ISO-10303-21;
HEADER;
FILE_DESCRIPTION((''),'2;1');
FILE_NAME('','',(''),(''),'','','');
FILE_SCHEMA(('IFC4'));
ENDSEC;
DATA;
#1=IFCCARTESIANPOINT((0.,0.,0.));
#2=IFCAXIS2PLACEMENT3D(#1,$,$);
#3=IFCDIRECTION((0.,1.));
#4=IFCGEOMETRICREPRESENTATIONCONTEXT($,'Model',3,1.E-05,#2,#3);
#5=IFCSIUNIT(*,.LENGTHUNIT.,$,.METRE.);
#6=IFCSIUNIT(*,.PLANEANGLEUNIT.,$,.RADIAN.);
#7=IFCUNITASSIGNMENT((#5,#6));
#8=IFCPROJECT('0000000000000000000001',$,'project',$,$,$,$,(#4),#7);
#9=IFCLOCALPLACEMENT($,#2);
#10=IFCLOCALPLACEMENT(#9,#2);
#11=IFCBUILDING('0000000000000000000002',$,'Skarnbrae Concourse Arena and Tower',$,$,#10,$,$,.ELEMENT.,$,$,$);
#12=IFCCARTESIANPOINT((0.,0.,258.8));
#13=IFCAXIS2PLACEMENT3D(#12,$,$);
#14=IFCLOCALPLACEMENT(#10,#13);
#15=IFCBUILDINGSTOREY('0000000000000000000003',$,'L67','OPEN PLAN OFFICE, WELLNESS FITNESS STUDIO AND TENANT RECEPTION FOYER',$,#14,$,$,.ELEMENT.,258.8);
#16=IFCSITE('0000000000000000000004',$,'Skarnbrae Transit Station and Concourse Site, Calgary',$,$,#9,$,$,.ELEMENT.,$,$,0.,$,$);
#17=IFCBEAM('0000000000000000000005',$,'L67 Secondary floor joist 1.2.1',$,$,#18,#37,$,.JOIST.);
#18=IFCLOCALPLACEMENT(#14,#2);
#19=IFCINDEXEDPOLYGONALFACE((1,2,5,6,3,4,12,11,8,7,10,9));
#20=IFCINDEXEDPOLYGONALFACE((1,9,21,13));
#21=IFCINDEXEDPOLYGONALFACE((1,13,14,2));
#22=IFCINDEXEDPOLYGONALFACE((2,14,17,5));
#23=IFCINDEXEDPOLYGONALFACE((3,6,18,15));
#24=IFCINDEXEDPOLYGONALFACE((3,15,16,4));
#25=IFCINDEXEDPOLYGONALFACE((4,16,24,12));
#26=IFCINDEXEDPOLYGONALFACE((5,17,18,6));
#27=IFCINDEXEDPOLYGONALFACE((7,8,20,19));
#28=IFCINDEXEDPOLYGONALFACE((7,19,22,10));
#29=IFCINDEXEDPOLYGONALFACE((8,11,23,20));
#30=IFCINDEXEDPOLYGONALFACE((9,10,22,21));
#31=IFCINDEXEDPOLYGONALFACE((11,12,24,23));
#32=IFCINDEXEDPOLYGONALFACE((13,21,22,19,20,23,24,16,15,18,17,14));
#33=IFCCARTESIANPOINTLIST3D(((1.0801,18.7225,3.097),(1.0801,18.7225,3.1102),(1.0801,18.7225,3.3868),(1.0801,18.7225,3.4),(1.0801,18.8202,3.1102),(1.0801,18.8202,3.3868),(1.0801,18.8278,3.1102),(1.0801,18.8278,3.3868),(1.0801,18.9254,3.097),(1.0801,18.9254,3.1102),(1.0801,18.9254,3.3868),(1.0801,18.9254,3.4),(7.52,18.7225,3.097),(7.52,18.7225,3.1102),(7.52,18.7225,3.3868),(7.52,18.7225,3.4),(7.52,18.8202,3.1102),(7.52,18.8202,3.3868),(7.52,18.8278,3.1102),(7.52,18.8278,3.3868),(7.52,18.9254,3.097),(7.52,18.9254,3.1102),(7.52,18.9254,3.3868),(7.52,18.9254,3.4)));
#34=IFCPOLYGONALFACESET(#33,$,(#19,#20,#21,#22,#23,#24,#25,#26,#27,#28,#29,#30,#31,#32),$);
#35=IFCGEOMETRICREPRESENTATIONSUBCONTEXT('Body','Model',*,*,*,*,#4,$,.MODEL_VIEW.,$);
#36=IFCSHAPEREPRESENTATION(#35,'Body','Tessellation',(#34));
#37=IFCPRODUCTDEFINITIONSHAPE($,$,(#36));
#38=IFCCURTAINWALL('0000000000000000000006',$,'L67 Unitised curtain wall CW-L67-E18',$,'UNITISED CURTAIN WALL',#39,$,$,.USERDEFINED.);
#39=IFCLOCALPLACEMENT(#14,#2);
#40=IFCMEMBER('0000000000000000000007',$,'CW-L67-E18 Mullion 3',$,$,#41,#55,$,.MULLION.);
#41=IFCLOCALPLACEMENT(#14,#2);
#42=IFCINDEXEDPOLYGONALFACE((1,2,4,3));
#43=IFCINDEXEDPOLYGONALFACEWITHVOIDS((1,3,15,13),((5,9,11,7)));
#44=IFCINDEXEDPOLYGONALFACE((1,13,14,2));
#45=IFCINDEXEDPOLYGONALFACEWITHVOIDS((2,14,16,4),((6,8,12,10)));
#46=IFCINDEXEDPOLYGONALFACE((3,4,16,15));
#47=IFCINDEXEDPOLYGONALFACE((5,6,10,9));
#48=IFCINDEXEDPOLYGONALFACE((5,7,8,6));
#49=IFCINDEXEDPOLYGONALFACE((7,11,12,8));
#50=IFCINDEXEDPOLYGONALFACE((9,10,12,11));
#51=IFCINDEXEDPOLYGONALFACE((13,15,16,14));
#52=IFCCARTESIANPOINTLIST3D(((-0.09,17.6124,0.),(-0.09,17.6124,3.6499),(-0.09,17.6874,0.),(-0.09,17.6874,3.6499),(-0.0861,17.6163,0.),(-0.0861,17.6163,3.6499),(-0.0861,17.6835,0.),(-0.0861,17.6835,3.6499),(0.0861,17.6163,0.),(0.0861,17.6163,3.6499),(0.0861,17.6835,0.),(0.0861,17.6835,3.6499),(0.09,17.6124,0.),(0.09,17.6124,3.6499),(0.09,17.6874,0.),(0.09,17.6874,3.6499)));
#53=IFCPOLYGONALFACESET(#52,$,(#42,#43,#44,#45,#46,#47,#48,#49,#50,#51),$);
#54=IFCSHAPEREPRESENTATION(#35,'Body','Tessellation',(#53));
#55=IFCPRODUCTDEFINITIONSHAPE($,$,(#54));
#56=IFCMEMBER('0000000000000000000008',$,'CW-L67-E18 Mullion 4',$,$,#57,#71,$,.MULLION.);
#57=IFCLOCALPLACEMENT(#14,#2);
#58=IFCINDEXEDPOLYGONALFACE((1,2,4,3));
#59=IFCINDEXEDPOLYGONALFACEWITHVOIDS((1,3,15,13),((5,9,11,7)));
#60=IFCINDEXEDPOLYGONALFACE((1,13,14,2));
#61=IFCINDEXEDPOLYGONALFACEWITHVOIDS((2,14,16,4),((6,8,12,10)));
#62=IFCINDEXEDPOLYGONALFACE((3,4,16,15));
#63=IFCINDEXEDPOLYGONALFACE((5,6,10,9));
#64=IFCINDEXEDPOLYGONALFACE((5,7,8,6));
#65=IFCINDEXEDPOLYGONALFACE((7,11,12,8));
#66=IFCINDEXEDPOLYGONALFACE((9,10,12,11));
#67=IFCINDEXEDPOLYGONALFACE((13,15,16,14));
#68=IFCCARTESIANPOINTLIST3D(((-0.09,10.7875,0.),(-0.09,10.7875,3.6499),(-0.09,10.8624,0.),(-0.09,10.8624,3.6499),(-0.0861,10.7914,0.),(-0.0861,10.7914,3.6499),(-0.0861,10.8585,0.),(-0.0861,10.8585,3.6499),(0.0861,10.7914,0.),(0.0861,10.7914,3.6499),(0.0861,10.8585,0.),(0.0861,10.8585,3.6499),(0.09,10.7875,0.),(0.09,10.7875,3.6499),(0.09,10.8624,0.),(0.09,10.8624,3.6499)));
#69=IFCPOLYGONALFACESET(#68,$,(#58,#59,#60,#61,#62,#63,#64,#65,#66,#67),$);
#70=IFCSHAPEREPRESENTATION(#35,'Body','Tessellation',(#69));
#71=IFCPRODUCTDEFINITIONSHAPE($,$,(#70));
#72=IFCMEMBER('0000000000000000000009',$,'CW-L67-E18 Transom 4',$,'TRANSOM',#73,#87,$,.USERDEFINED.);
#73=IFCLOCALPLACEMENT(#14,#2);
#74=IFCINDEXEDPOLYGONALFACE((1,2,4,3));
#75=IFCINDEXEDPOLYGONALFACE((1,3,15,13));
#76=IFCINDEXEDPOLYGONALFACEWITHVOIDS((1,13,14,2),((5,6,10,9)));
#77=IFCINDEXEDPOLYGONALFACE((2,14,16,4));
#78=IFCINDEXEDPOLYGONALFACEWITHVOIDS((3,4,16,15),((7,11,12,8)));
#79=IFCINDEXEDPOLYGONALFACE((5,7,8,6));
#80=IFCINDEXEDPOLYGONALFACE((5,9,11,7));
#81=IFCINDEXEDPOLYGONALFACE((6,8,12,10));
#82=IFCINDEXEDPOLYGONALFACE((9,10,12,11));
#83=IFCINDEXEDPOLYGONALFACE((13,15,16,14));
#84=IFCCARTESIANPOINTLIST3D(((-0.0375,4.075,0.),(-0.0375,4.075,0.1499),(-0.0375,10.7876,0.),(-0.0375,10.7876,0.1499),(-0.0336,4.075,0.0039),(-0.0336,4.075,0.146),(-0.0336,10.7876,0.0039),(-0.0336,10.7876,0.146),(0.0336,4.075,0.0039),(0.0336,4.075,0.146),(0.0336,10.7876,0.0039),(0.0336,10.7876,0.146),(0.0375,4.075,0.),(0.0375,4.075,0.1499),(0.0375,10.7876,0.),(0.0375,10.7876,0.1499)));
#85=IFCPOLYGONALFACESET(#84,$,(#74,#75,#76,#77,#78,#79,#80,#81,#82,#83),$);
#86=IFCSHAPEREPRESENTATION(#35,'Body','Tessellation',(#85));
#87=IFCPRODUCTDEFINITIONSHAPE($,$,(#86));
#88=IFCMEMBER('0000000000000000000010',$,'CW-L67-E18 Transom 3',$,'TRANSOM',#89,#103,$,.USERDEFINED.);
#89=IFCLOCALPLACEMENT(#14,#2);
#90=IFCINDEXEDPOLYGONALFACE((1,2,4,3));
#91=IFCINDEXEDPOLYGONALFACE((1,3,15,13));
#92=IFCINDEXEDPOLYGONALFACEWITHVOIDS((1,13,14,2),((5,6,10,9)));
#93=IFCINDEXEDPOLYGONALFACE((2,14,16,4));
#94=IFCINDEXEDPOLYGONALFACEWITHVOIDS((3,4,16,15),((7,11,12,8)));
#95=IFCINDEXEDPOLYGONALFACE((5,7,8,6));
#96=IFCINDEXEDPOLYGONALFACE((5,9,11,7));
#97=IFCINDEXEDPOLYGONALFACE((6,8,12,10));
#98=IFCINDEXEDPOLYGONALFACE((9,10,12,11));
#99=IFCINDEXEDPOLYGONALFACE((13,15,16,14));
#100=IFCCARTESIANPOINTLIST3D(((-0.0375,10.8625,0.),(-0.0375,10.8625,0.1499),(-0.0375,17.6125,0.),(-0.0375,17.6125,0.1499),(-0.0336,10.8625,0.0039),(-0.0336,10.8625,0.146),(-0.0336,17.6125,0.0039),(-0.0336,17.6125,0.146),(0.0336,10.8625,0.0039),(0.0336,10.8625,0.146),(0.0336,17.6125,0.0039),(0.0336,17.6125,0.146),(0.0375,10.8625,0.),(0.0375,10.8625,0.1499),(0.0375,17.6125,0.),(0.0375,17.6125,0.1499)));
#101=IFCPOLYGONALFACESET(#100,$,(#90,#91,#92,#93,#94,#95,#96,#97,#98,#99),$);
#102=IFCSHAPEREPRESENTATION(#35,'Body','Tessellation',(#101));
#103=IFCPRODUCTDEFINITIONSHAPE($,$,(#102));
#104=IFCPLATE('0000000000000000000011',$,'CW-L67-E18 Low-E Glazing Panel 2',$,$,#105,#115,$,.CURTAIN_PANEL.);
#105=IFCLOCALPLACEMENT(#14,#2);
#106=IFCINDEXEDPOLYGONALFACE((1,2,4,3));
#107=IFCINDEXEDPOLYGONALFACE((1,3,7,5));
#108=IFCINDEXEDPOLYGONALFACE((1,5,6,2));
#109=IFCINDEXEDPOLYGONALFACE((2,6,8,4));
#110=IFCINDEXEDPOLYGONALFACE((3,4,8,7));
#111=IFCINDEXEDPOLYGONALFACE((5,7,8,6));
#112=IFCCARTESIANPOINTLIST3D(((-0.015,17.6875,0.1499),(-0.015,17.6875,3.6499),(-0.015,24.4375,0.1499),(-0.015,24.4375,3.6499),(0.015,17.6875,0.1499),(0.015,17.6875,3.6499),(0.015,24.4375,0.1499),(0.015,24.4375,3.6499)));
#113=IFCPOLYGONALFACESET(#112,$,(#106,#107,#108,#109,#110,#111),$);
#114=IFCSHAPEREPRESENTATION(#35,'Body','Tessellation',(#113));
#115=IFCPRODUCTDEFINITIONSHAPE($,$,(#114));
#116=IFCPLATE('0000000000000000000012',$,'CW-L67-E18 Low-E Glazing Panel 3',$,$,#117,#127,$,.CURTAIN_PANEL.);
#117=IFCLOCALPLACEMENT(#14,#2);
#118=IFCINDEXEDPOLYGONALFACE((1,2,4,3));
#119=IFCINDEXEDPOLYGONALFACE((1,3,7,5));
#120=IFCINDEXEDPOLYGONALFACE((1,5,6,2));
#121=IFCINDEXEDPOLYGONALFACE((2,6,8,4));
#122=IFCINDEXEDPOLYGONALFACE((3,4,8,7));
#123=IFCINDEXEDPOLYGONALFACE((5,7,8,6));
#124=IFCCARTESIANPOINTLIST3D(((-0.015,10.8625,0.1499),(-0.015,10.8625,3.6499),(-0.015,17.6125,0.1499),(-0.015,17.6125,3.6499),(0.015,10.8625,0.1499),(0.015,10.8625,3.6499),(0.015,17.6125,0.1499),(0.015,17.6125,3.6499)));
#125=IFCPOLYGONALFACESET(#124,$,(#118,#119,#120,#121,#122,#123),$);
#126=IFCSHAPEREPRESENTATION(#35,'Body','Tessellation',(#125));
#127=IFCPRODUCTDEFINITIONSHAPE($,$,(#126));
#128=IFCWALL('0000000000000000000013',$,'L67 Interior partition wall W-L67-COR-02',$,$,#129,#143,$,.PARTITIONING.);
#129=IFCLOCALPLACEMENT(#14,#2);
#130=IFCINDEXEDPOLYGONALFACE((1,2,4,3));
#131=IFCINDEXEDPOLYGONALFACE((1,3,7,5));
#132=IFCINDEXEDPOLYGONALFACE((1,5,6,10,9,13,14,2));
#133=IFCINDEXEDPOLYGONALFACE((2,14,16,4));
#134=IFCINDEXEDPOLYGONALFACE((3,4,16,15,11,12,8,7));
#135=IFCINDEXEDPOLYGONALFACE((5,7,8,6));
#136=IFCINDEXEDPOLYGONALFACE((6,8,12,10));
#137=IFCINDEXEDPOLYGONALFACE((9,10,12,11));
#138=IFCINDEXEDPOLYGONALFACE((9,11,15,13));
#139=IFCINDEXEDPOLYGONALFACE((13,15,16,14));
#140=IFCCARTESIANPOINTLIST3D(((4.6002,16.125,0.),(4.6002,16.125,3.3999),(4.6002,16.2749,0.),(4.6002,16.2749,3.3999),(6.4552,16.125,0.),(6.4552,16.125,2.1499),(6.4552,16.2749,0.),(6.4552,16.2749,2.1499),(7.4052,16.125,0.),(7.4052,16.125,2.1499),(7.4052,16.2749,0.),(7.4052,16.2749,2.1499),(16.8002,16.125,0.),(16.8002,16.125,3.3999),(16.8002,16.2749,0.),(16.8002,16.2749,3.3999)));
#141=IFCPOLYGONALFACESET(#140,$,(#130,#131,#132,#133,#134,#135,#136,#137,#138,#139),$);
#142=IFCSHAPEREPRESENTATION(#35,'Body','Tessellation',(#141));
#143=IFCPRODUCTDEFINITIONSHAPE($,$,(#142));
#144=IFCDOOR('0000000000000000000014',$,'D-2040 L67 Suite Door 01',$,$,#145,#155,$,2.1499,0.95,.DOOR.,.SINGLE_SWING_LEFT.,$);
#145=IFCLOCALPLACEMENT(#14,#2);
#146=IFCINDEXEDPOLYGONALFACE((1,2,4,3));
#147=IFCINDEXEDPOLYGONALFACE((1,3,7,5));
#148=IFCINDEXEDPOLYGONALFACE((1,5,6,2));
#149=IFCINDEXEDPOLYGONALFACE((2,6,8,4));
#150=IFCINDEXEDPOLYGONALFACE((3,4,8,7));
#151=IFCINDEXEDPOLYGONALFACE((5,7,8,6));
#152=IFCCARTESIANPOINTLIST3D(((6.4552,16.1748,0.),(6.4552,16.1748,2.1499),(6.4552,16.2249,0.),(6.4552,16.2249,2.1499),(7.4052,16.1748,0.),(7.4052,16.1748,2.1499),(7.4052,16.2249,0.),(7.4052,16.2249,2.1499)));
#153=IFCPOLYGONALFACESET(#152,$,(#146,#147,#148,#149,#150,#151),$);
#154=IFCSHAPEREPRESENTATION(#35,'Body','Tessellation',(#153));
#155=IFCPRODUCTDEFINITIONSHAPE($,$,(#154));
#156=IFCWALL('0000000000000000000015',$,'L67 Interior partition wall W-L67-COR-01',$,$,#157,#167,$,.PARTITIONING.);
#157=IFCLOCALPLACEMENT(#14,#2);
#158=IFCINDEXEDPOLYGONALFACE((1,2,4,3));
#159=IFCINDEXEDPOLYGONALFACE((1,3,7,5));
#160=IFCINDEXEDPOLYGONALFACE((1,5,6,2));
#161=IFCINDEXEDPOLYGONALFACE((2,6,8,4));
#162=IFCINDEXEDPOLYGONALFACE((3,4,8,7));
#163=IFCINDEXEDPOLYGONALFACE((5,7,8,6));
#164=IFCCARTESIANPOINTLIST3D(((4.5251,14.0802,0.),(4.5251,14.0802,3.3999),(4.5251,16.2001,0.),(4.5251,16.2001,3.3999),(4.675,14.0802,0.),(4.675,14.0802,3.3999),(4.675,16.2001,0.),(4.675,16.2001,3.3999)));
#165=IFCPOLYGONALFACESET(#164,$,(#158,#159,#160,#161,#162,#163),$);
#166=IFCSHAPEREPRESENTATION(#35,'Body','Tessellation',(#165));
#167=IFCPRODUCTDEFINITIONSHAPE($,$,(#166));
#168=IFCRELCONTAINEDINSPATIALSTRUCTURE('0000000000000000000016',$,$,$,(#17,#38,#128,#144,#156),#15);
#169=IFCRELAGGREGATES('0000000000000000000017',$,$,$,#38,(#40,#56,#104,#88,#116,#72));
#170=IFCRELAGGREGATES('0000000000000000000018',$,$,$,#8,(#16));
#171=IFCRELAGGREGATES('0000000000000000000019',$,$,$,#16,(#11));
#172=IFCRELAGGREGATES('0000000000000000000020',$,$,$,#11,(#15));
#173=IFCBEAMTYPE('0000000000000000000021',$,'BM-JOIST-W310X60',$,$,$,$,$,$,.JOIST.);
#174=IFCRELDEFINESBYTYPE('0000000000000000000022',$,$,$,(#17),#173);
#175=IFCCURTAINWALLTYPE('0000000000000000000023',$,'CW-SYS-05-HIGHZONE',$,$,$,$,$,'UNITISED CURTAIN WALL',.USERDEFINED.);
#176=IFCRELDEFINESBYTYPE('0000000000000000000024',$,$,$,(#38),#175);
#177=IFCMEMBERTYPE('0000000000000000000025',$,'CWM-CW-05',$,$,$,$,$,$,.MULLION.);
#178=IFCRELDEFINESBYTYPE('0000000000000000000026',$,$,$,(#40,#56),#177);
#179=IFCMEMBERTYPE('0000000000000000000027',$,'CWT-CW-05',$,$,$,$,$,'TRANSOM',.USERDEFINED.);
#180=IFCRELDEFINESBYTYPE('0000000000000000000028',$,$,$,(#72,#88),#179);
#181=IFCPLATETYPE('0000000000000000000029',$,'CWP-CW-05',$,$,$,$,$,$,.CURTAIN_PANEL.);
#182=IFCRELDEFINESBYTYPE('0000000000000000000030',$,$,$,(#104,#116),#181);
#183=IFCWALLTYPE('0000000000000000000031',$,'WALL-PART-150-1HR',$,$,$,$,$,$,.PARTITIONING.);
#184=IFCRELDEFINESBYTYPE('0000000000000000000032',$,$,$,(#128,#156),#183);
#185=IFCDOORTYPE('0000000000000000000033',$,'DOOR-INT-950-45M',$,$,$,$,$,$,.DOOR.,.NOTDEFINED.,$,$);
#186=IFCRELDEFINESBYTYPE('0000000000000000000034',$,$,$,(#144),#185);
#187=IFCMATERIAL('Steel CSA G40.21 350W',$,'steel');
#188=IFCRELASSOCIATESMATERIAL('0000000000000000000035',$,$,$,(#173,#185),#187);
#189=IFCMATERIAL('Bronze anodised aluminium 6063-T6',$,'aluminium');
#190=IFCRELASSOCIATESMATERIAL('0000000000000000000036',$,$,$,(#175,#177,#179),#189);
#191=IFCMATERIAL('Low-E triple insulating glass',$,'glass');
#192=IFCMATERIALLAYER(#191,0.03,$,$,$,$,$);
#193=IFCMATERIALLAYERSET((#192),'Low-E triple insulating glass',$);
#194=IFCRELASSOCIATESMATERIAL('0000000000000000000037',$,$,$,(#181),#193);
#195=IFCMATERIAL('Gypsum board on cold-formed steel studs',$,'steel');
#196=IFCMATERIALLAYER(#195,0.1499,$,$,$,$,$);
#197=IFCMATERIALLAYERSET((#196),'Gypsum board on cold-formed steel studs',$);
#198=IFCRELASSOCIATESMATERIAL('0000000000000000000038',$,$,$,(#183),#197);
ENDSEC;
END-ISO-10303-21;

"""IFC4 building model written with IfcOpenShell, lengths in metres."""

from ifc_helpers import new_model, si_unit, direction, frame, frame_2d, origin, origin_2d, place, context, subcontext, project, spatial, rectangle, hollow_rectangle, i_section, extrude, source, transform, mapped, material, layer, layer_set, material_profile, profile_set, type_object, element, fill, aggregate, save


model = new_model("IFC4")

# Units and contexts
model_context = context("Model", 3, precision=1e-05, world=origin(), true_north=direction((0.0, 1.0)))
body_context = subcontext(model_context, "Body", "Model", "MODEL_VIEW")
ifc_project = project(units=[si_unit("LENGTHUNIT", "METRE"), si_unit("PLANEANGLEUNIT", "RADIAN")], contexts=[model_context])

# Site, building, storey
site_placement = place(None, origin())
site = spatial("IfcSite", under=ifc_project, at=site_placement, Name="Skarnbrae Transit Station and Concourse Site, Calgary", CompositionType="ELEMENT", RefElevation=0.0)
building_placement = place(site_placement, origin())
building = spatial("IfcBuilding", under=site, at=building_placement, Name="Skarnbrae Concourse Arena and Tower", CompositionType="ELEMENT")
storey_placement = place(building_placement, frame((0.0, 0.0, 258.8)))
storey = spatial("IfcBuildingStorey", under=building, at=storey_placement, Name="L67", Description="OPEN PLAN OFFICE, WELLNESS FITNESS STUDIO AND TENANT RECEPTION FOYER", CompositionType="ELEMENT", Elevation=258.8)

# Shared definitions
ifc_material_1 = material(Name="Steel CSA G40.21 350W", Category="steel")

# Beam
ifc_material_profile_1 = material_profile(ifc_material_1, i_section(OverallWidth=0.2029, OverallDepth=0.303, WebThickness=0.0076, FlangeThickness=0.0132, at=origin_2d()), Name="W310X60")
ifc_profile_set_1 = profile_set([ifc_material_profile_1], Name="Steel CSA G40.21 350W")
beam_type_1 = type_object("IfcBeamType", Name="BM-JOIST-W310X60", PredefinedType="JOIST", material=ifc_profile_set_1)
shared_shape_1 = source(origin(), body_context, "Body", "SweptSolid", [
    extrude(i_section(OverallWidth=0.2029, OverallDepth=0.303, WebThickness=0.0076, FlangeThickness=0.0132, at=origin_2d()), origin(), (0.0, 0.0, 1.0), 6.4399),
])
for number, where, z_axis, x_axis, name in (
    (1, (1.0801, 18.824, 3.2485), (1.0, 0.0, 0.0), (0.0, 1.0, 0.0), "L67 Secondary floor joist 1.2.1"),
):
    element("IfcBeam", number, at=place(storey_placement, frame(where, z_axis=z_axis, x_axis=x_axis)), inside=storey, type_object=beam_type_1, Name=name, PredefinedType="JOIST", context=body_context, shape_type="MappedRepresentation", body=[
        mapped(shared_shape_1, transform((0.0, 0.0, 0.0))),
    ])

# Curtain wall, members, plates
ifc_material_2 = material(Name="Bronze anodised aluminium 6063-T6", Category="aluminium")
curtain_wall_type = type_object("IfcCurtainWallType", Name="CW-SYS-05-HIGHZONE", ElementType="UNITISED CURTAIN WALL", PredefinedType="USERDEFINED", material=ifc_material_2)
curtain_wall_placement = place(storey_placement, origin())
curtain_wall = element("IfcCurtainWall", 2, at=curtain_wall_placement, inside=storey, type_object=curtain_wall_type, Name="L67 Unitised curtain wall CW-L67-E18", ObjectType="UNITISED CURTAIN WALL", PredefinedType="USERDEFINED")
ifc_material_profile_2 = material_profile(ifc_material_2, hollow_rectangle(XDim=0.075, YDim=0.1799, WallThickness=0.0039, at=origin_2d()), Name="ALU-MULL-75X180")
ifc_profile_set_2 = profile_set([ifc_material_profile_2], Name="Bronze anodised aluminium 6063-T6")
member_type_1 = type_object("IfcMemberType", Name="CWM-CW-05", PredefinedType="MULLION", material=ifc_profile_set_2)
shared_shape_2 = source(origin(), body_context, "Body", "SweptSolid", [
    extrude(hollow_rectangle(XDim=0.075, YDim=0.1799, WallThickness=0.0039, at=origin_2d()), origin(), (0.0, 0.0, 1.0), 3.6499),
])
member_1_placement = place(storey_placement, frame((0.0, 17.6499, 0.0), z_axis=(0.0, 0.0, 1.0), x_axis=(0.0, -1.0, 0.0)))
member_1 = element("IfcMember", 3, at=member_1_placement, type_object=member_type_1, Name="CW-L67-E18 Mullion 3", PredefinedType="MULLION", context=body_context, shape_type="MappedRepresentation", body=[
    mapped(shared_shape_2, transform((0.0, 0.0, 0.0))),
])
member_2_placement = place(storey_placement, frame((0.0, 10.825, 0.0), z_axis=(0.0, 0.0, 1.0), x_axis=(0.0, -1.0, 0.0)))
member_2 = element("IfcMember", 4, at=member_2_placement, type_object=member_type_1, Name="CW-L67-E18 Mullion 4", PredefinedType="MULLION", context=body_context, shape_type="MappedRepresentation", body=[
    mapped(shared_shape_2, transform((0.0, 0.0, 0.0))),
])
ifc_material_profile_3 = material_profile(ifc_material_2, hollow_rectangle(XDim=0.075, YDim=0.1499, WallThickness=0.0039, at=origin_2d()), Name="ALU-TRAN-75X150")
ifc_profile_set_3 = profile_set([ifc_material_profile_3], Name="Bronze anodised aluminium 6063-T6")
member_type_2 = type_object("IfcMemberType", Name="CWT-CW-05", ElementType="TRANSOM", PredefinedType="USERDEFINED", material=ifc_profile_set_3)
shared_shape_3 = source(origin(), body_context, "Body", "SweptSolid", [
    extrude(hollow_rectangle(XDim=0.075, YDim=0.1499, WallThickness=0.0039, at=origin_2d()), origin(), (0.0, 0.0, 1.0), 6.7126),
])
member_3_placement = place(storey_placement, frame((0.0, 10.7876, 0.075), z_axis=(0.0, -1.0, 0.0), x_axis=(1.0, 0.0, 0.0)))
member_3 = element("IfcMember", 5, at=member_3_placement, type_object=member_type_2, Name="CW-L67-E18 Transom 4", ObjectType="TRANSOM", PredefinedType="USERDEFINED", context=body_context, shape_type="MappedRepresentation", body=[
    mapped(shared_shape_3, transform((0.0, 0.0, 0.0))),
])
shared_shape_4 = source(origin(), body_context, "Body", "SweptSolid", [
    extrude(hollow_rectangle(XDim=0.075, YDim=0.1499, WallThickness=0.0039, at=origin_2d()), origin(), (0.0, 0.0, 1.0), 6.75),
])
member_4_placement = place(storey_placement, frame((0.0, 17.6125, 0.075), z_axis=(0.0, -1.0, 0.0), x_axis=(1.0, 0.0, 0.0)))
member_4 = element("IfcMember", 6, at=member_4_placement, type_object=member_type_2, Name="CW-L67-E18 Transom 3", ObjectType="TRANSOM", PredefinedType="USERDEFINED", context=body_context, shape_type="MappedRepresentation", body=[
    mapped(shared_shape_4, transform((0.0, 0.0, 0.0))),
])
ifc_material_3 = material(Name="Low-E triple insulating glass", Category="glass")
ifc_layer_1 = layer(ifc_material_3, 0.03)
ifc_layer_set_1 = layer_set([ifc_layer_1], Name="Low-E triple insulating glass")
plate_type = type_object("IfcPlateType", Name="CWP-CW-05", PredefinedType="CURTAIN_PANEL", material=ifc_layer_set_1)
shared_shape_5 = source(origin(), body_context, "Body", "SweptSolid", [
    extrude(rectangle(XDim=6.75, YDim=0.03, at=origin_2d()), origin(), (0.0, 0.0, 1.0), 3.5),
])
plate_1_placement = place(storey_placement, frame((0.0, 21.0625, 0.1499), z_axis=(0.0, 0.0, 1.0), x_axis=(0.0, -1.0, 0.0)))
plate_1 = element("IfcPlate", 7, at=plate_1_placement, type_object=plate_type, Name="CW-L67-E18 Low-E Glazing Panel 2", PredefinedType="CURTAIN_PANEL", context=body_context, shape_type="MappedRepresentation", body=[
    mapped(shared_shape_5, transform((0.0, 0.0, 0.0))),
])
plate_2_placement = place(storey_placement, frame((0.0, 14.2375, 0.1499), z_axis=(0.0, 0.0, 1.0), x_axis=(0.0, -1.0, 0.0)))
plate_2 = element("IfcPlate", 8, at=plate_2_placement, type_object=plate_type, Name="CW-L67-E18 Low-E Glazing Panel 3", PredefinedType="CURTAIN_PANEL", context=body_context, shape_type="MappedRepresentation", body=[
    mapped(shared_shape_5, transform((0.0, 0.0, 0.0))),
])
aggregate(curtain_wall, [member_1, member_2, plate_1, member_4, plate_2, member_3])

# Wall, opening, door
ifc_material_4 = material(Name="Gypsum board on cold-formed steel studs", Category="steel")
ifc_layer_2 = layer(ifc_material_4, 0.1499)
ifc_layer_set_2 = layer_set([ifc_layer_2], Name="Gypsum board on cold-formed steel studs")
wall_type_1 = type_object("IfcWallType", Name="WALL-PART-150-1HR", PredefinedType="PARTITIONING", material=ifc_layer_set_2)
shared_shape_6 = source(origin(), body_context, "Body", "SweptSolid", [
    extrude(rectangle(XDim=12.2, YDim=0.1499, at=frame_2d((6.1001, 0.0))), origin(), (0.0, 0.0, 1.0), 3.3999),
])
wall_1_placement = place(storey_placement, frame((4.6001, 16.2, 0.0), z_axis=(0.0, 0.0, 1.0), x_axis=(1.0, 0.0, 0.0)))
wall_1 = element("IfcWall", 9, at=wall_1_placement, inside=storey, type_object=wall_type_1, Name="L67 Interior partition wall W-L67-COR-02", PredefinedType="PARTITIONING", context=body_context, shape_type="MappedRepresentation", body=[
    mapped(shared_shape_6, transform((0.0, 0.0, 0.0))),
])
opening_1_placement = place(wall_1_placement, frame((1.855, 0.0, 0.0)))
opening_1 = element("IfcOpeningElement", 10, at=opening_1_placement, cuts=wall_1, PredefinedType="OPENING", context=body_context, shape_type="SweptSolid", body=[
    extrude(rectangle(XDim=0.95, YDim=2.1499, at=frame_2d((0.4751, 1.075))), frame((0.0, 0.085, 0.0), z_axis=(0.0, -1.0, 0.0), x_axis=(1.0, 0.0, 0.0)), (0.0, 0.0, 1.0), 0.1699),
])
door_type_1 = type_object("IfcDoorType", Name="DOOR-INT-950-45M", OperationType="NOTDEFINED", PredefinedType="DOOR", material=ifc_material_1)
shared_shape_7 = source(origin(), body_context, "Body", "SweptSolid", [
    extrude(rectangle(XDim=0.95, YDim=2.1499, at=frame_2d((0.4751, 1.075))), frame((0.0, 0.0249, 0.0), z_axis=(0.0, -1.0, 0.0), x_axis=(1.0, 0.0, 0.0)), (0.0, 0.0, 1.0), 0.05),
])
door_1_placement = place(opening_1_placement, origin())
door_1 = element("IfcDoor", 11, at=door_1_placement, inside=storey, type_object=door_type_1, Name="D-2040 L67 Suite Door 01", OperationType="SINGLE_SWING_LEFT", OverallHeight=2.1499, OverallWidth=0.95, PredefinedType="DOOR", context=body_context, shape_type="MappedRepresentation", body=[
    mapped(shared_shape_7, transform((0.0, 0.0, 0.0))),
])
fill(opening_1, door_1)

# Wall
shared_shape_8 = source(origin(), body_context, "Body", "SweptSolid", [
    extrude(rectangle(XDim=2.1199, YDim=0.1499, at=frame_2d((1.0601, 0.0))), origin(), (0.0, 0.0, 1.0), 3.3999),
])
wall_2_placement = place(storey_placement, frame((4.6001, 14.0801, 0.0), z_axis=(0.0, 0.0, 1.0), x_axis=(0.0, 1.0, 0.0)))
element("IfcWall", 12, at=wall_2_placement, inside=storey, type_object=wall_type_1, Name="L67 Interior partition wall W-L67-COR-01", PredefinedType="PARTITIONING", context=body_context, shape_type="MappedRepresentation", body=[
    mapped(shared_shape_8, transform((0.0, 0.0, 0.0))),
])

save(model, "model.ifc")
